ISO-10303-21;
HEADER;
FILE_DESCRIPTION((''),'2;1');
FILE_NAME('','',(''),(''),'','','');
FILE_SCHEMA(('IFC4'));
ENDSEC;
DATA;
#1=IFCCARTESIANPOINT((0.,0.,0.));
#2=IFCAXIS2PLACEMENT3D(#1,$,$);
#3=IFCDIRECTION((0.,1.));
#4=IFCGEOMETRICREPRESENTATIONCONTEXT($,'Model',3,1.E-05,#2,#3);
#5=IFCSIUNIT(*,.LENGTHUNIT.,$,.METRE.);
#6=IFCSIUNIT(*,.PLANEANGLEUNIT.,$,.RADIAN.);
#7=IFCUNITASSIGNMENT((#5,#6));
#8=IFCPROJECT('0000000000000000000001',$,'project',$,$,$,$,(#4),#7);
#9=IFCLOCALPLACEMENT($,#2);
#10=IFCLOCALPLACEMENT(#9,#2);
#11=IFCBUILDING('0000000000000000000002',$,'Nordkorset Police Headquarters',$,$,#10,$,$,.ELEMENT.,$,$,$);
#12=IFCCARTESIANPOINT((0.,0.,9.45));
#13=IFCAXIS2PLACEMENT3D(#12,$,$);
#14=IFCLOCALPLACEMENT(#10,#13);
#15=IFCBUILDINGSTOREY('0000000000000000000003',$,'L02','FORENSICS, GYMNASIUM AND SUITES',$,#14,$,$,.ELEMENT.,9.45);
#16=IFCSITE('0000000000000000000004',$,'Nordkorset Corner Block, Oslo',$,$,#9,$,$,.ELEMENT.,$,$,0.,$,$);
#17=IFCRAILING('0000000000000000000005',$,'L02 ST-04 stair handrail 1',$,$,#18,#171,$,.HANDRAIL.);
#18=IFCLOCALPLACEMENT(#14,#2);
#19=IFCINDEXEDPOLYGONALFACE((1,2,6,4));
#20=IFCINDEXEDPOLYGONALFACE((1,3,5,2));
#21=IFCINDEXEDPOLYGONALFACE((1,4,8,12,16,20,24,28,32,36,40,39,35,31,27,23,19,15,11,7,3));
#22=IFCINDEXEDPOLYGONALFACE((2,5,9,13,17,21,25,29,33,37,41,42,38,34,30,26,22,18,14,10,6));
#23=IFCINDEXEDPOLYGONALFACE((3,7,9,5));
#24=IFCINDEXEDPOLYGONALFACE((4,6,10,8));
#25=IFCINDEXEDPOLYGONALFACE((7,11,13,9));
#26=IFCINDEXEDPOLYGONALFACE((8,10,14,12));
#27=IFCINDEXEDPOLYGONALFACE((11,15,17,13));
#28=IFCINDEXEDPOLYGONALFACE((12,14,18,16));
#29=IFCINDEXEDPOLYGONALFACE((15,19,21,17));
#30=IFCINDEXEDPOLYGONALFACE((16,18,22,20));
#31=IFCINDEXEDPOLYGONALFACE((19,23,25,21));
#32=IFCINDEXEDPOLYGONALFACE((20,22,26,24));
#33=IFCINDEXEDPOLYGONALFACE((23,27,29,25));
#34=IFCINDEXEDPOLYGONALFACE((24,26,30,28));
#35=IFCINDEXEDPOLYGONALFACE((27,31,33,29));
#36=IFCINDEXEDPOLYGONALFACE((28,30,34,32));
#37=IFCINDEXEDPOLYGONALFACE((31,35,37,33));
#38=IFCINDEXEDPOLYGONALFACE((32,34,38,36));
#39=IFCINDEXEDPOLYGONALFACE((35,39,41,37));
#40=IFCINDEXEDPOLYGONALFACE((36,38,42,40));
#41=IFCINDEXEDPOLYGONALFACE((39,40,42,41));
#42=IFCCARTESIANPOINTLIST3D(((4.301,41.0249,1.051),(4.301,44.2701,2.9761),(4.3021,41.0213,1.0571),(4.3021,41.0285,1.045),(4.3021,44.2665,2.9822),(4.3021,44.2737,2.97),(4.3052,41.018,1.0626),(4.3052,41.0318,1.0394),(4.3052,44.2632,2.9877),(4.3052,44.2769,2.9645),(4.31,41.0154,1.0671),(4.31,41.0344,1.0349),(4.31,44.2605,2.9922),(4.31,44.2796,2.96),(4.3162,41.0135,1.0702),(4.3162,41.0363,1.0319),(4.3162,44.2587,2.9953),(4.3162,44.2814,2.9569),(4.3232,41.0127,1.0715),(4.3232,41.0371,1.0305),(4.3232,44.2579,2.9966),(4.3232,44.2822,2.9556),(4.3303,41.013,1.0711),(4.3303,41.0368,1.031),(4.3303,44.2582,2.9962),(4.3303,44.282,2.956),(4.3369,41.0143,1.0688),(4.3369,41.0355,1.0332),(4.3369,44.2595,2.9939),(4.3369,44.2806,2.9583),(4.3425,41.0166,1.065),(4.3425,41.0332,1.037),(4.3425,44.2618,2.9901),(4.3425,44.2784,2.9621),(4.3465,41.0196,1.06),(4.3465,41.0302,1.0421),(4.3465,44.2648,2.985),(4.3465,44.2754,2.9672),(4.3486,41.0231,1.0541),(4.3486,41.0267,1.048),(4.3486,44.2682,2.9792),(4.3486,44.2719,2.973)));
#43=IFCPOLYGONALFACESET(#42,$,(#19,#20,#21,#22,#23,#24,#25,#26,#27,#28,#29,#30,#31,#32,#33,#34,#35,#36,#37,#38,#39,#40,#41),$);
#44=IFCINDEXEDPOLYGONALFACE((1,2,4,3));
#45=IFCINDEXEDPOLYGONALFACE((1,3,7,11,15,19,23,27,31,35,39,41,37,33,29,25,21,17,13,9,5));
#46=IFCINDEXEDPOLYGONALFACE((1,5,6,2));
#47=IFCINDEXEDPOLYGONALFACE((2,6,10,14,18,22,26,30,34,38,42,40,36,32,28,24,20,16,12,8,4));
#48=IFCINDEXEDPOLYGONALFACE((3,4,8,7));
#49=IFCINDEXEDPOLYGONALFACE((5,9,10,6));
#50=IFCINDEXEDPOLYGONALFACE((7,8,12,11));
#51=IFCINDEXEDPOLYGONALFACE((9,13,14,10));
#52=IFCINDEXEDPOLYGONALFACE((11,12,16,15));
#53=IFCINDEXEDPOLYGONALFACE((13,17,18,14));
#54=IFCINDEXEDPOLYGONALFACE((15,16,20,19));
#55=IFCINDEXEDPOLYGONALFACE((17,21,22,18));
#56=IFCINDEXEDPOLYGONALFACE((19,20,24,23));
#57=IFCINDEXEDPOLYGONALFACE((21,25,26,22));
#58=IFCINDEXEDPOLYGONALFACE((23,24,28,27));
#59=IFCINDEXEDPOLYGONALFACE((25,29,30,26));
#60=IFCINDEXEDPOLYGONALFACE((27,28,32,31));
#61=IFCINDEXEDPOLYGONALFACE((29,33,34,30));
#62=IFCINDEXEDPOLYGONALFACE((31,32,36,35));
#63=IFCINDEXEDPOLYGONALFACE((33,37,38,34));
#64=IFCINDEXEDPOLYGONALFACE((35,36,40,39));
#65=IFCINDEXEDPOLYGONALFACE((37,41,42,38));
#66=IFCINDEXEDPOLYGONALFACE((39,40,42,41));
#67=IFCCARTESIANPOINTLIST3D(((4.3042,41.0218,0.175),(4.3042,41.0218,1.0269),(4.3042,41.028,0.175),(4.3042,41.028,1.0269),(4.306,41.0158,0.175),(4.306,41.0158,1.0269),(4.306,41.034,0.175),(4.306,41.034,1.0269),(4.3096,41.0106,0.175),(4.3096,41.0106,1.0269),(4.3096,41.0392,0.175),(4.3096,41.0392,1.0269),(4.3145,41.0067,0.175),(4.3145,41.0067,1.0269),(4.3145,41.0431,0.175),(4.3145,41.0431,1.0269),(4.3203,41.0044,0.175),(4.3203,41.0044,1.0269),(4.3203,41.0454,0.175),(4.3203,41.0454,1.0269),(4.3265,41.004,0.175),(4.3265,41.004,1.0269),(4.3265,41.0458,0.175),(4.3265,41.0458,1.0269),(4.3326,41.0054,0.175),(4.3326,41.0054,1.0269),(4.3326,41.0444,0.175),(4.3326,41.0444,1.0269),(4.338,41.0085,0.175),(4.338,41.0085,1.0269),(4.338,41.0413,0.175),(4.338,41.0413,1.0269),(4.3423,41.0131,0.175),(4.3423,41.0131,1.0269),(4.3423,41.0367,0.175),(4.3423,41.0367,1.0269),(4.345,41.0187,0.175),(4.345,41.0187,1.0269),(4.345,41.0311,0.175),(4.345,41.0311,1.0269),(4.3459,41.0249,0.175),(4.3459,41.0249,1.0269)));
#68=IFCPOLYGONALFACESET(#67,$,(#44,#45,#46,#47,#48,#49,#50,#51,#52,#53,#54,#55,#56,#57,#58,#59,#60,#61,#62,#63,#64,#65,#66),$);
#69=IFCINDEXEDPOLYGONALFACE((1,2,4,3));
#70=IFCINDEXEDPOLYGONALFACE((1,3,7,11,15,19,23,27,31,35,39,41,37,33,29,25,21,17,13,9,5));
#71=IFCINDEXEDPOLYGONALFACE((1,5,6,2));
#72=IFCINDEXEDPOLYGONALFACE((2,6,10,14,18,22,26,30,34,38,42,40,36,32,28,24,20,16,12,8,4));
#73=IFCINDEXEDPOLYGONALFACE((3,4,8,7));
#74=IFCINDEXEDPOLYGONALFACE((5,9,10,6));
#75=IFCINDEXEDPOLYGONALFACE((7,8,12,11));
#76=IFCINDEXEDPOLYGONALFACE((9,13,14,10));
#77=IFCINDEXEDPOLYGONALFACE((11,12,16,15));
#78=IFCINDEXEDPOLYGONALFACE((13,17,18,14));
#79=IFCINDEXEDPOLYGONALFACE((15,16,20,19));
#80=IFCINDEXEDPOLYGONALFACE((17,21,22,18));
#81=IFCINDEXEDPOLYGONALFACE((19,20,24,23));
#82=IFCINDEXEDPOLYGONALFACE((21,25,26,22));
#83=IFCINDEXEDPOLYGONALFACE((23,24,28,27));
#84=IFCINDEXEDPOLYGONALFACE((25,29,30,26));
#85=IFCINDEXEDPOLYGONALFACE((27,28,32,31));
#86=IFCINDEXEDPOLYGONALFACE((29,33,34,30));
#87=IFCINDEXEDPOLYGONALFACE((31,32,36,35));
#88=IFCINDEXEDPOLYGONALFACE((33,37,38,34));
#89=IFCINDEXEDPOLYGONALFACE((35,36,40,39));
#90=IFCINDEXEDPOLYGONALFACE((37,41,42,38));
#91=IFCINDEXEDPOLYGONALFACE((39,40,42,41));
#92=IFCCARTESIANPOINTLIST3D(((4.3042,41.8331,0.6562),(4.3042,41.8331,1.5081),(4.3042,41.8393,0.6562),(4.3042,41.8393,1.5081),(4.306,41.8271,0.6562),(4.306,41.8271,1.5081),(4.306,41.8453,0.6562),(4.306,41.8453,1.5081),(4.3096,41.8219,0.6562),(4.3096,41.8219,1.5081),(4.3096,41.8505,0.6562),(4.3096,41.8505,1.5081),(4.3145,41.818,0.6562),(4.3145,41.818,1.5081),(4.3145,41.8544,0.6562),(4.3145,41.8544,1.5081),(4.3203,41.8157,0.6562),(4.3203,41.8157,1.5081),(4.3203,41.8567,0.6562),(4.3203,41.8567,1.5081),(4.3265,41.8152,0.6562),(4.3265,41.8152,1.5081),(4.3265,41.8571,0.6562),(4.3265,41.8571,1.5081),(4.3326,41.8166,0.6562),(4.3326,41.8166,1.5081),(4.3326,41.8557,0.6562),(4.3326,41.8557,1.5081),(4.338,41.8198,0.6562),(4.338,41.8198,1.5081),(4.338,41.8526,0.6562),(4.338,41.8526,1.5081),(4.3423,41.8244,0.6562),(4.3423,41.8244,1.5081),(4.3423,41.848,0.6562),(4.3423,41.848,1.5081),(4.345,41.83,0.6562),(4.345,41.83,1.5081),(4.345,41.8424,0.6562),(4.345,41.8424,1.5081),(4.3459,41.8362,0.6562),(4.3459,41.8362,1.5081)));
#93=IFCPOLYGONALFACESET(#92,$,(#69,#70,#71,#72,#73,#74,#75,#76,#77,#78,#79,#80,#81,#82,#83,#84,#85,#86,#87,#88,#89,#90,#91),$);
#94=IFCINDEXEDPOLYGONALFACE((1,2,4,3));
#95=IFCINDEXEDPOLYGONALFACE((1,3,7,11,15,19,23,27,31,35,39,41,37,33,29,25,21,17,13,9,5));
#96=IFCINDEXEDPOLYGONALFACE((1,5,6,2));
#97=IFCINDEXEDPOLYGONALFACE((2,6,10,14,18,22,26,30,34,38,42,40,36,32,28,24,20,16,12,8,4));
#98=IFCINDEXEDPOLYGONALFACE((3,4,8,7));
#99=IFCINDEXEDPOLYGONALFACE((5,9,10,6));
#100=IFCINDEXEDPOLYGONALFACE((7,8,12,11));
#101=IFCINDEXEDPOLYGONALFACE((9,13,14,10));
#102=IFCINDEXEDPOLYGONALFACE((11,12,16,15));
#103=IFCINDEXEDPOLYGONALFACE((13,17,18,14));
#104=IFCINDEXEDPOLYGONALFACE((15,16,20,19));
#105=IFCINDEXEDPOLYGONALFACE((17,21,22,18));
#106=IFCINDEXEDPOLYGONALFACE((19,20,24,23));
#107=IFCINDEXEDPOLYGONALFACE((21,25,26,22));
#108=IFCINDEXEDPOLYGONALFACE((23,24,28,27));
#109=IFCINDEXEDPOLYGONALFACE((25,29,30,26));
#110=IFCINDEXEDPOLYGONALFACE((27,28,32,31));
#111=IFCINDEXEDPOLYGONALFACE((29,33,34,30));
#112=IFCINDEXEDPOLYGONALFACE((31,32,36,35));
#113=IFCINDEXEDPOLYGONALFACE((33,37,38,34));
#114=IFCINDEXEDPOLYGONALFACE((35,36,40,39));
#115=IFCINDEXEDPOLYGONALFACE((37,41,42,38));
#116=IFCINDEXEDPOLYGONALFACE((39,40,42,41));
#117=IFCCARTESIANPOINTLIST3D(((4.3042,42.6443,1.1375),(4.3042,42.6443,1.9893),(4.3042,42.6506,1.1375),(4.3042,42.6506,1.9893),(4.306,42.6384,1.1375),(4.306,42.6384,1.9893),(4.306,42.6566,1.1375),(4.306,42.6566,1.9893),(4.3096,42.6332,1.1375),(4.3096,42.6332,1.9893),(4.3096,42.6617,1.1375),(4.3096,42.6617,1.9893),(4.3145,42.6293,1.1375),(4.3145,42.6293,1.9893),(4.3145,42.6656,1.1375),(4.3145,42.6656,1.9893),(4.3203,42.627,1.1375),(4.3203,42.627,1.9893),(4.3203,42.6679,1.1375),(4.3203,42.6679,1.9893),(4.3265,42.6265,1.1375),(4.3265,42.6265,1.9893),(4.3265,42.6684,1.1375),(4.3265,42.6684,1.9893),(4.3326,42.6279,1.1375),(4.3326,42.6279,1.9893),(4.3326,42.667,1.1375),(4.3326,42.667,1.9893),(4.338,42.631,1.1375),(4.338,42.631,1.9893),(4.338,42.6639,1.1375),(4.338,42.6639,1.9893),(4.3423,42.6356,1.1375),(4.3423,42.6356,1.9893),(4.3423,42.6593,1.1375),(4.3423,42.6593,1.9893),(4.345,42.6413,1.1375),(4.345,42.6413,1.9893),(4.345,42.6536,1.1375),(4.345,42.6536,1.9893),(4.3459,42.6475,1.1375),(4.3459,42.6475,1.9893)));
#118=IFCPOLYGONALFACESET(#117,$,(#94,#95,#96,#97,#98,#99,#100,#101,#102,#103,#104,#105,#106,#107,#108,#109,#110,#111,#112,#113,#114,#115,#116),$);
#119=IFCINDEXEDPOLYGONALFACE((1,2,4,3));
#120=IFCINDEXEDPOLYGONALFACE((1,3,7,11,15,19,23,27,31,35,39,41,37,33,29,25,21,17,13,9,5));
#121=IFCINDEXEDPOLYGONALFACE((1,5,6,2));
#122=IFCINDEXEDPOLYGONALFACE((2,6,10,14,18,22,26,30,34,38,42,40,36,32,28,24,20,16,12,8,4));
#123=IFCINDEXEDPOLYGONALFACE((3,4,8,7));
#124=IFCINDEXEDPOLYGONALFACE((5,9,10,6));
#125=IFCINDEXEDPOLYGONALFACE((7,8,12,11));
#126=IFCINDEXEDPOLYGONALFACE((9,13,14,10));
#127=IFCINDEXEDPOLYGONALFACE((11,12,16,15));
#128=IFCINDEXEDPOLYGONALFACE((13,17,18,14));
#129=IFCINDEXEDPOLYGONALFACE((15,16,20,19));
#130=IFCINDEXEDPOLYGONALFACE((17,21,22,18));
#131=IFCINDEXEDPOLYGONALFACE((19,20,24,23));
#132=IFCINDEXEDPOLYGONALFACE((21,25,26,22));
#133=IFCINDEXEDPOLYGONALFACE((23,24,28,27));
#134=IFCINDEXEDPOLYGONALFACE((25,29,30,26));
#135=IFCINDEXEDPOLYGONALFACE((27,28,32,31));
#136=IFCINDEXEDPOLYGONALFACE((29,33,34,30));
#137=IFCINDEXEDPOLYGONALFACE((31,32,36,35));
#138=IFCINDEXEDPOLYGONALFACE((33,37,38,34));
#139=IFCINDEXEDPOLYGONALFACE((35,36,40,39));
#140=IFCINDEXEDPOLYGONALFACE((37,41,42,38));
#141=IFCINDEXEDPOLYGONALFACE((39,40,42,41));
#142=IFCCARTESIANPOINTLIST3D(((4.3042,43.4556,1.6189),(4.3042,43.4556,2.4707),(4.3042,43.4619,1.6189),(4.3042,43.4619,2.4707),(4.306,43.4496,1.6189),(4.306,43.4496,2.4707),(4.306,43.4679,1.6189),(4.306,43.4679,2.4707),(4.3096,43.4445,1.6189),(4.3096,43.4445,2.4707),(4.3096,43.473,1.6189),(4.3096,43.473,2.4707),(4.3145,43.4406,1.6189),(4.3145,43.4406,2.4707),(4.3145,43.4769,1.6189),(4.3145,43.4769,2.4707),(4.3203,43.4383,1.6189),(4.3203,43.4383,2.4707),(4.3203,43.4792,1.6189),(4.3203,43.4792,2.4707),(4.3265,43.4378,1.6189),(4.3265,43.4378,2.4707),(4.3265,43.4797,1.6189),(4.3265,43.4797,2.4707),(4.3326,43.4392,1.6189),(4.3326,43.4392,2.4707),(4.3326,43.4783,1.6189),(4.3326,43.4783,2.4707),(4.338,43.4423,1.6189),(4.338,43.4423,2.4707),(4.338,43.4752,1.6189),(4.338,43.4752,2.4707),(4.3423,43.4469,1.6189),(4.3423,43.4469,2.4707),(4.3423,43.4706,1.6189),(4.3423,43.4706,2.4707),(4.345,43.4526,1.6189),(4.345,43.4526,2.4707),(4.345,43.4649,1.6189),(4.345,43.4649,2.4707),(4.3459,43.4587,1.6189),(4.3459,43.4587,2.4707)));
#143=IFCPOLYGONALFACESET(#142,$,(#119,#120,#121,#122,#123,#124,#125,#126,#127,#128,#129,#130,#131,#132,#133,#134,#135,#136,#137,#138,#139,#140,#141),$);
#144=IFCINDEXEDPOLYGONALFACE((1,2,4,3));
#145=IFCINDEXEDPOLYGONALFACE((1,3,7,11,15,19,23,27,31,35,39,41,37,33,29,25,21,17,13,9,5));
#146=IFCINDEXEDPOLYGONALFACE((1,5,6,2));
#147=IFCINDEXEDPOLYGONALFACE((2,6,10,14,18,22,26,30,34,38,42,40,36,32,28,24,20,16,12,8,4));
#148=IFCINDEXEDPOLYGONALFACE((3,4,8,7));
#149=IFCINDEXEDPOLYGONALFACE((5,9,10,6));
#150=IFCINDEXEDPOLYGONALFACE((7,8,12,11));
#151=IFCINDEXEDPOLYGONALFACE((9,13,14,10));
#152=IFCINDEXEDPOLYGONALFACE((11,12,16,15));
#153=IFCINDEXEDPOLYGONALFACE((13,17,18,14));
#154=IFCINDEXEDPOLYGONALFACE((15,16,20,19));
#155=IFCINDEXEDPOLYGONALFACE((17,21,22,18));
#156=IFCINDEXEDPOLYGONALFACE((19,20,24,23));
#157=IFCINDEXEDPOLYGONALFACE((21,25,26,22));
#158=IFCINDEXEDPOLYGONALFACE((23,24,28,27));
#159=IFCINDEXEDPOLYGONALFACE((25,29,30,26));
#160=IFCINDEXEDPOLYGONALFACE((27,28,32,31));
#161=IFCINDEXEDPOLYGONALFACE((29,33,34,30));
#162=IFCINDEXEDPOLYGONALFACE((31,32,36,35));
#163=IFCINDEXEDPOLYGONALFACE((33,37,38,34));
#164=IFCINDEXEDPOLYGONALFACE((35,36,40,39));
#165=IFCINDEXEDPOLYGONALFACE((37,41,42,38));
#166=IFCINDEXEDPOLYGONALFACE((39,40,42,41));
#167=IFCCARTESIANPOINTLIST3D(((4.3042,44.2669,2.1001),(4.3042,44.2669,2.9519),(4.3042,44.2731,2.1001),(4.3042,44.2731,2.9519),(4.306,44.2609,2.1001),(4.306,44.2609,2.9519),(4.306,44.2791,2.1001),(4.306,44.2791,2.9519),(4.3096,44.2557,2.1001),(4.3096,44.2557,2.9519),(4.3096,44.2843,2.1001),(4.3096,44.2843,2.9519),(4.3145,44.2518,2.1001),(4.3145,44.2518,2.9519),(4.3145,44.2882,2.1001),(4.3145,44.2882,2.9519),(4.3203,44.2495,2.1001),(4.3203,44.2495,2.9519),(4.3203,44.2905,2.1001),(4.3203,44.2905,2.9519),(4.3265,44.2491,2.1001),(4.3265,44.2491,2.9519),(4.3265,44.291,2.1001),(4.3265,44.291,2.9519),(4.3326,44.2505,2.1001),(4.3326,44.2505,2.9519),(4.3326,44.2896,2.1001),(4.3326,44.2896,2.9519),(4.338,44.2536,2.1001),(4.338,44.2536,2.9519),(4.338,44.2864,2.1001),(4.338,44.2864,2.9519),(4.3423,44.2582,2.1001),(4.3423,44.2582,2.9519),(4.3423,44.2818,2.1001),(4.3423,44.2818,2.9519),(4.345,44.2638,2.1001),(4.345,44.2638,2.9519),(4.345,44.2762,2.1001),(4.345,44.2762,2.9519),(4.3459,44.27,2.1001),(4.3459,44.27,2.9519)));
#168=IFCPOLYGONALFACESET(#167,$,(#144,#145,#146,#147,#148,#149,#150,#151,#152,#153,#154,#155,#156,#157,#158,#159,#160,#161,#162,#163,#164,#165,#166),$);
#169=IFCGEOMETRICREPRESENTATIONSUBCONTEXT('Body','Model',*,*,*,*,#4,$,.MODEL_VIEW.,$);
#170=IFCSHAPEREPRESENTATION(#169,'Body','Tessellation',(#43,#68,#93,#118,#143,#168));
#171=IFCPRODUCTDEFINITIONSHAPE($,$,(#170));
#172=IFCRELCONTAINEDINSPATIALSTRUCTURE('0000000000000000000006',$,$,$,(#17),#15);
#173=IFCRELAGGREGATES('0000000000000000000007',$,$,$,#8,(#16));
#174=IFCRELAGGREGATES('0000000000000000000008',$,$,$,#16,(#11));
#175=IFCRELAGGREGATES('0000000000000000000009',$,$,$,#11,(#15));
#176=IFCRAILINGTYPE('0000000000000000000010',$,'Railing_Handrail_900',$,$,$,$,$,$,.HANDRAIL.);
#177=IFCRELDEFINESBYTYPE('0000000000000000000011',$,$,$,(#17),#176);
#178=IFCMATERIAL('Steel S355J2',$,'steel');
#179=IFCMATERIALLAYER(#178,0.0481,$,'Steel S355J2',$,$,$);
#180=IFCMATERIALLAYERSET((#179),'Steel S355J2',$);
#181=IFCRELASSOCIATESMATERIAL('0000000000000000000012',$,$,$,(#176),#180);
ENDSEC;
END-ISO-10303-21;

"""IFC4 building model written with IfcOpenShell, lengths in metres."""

from ifc_helpers import new_model, si_unit, direction, frame, origin, origin_2d, place, context, subcontext, project, spatial, circle, extrude, material, layer, layer_set, type_object, element, save


model = new_model("IFC4")

# Units and contexts
model_context = context("Model", 3, precision=1e-05, world=origin(), true_north=direction((0.0, 1.0)))
body_context = subcontext(model_context, "Body", "Model", "MODEL_VIEW")
ifc_project = project(units=[si_unit("LENGTHUNIT", "METRE"), si_unit("PLANEANGLEUNIT", "RADIAN")], contexts=[model_context])

# Site, building, storey
site_placement = place(None, origin())
site = spatial("IfcSite", under=ifc_project, at=site_placement, Name="Nordkorset Corner Block, Oslo", CompositionType="ELEMENT", RefElevation=0.0)
building_placement = place(site_placement, origin())
building = spatial("IfcBuilding", under=site, at=building_placement, Name="Nordkorset Police Headquarters", CompositionType="ELEMENT")
storey_placement = place(building_placement, frame((0.0, 0.0, 9.45)))
storey = spatial("IfcBuildingStorey", under=building, at=storey_placement, Name="L02", Description="FORENSICS, GYMNASIUM AND SUITES", CompositionType="ELEMENT", Elevation=9.45)

# Railing
ifc_material_1 = material(Name="Steel S355J2", Category="steel")
ifc_layer_1 = layer(ifc_material_1, 0.0481, Name="Steel S355J2")
ifc_layer_set_1 = layer_set([ifc_layer_1], Name="Steel S355J2")
railing_type_1 = type_object("IfcRailingType", Name="Railing_Handrail_900", PredefinedType="HANDRAIL", material=ifc_layer_set_1)
railing_1_placement = place(storey_placement, frame((4.325, 41.0249, 0.175)))
element("IfcRailing", 1, at=railing_1_placement, inside=storey, type_object=railing_type_1, Name="L02 ST-04 stair handrail 1", PredefinedType="HANDRAIL", context=body_context, shape_type="SweptSolid", body=[
    extrude(circle(Radius=0.0239, at=origin_2d()), frame((0.0, 0.0, 0.876), z_axis=(0.0, 0.860057, 0.510198), x_axis=(-1.0, 0.0, 0.0)), (0.0, 0.0, 1.0), 3.7732),
    extrude(circle(Radius=0.021, at=origin_2d()), origin(), (0.0, 0.0, 1.0), 0.8518),
    extrude(circle(Radius=0.021, at=origin_2d()), frame((0.0, 0.8113, 0.4812)), (0.0, 0.0, 1.0), 0.8518),
    extrude(circle(Radius=0.021, at=origin_2d()), frame((0.0, 1.6226, 0.9624)), (0.0, 0.0, 1.0), 0.8518),
    extrude(circle(Radius=0.021, at=origin_2d()), frame((0.0, 2.4338, 1.4438)), (0.0, 0.0, 1.0), 0.8518),
    extrude(circle(Radius=0.021, at=origin_2d()), frame((0.0, 3.2451, 1.925)), (0.0, 0.0, 1.0), 0.8518),
])

save(model, "model.ifc")
